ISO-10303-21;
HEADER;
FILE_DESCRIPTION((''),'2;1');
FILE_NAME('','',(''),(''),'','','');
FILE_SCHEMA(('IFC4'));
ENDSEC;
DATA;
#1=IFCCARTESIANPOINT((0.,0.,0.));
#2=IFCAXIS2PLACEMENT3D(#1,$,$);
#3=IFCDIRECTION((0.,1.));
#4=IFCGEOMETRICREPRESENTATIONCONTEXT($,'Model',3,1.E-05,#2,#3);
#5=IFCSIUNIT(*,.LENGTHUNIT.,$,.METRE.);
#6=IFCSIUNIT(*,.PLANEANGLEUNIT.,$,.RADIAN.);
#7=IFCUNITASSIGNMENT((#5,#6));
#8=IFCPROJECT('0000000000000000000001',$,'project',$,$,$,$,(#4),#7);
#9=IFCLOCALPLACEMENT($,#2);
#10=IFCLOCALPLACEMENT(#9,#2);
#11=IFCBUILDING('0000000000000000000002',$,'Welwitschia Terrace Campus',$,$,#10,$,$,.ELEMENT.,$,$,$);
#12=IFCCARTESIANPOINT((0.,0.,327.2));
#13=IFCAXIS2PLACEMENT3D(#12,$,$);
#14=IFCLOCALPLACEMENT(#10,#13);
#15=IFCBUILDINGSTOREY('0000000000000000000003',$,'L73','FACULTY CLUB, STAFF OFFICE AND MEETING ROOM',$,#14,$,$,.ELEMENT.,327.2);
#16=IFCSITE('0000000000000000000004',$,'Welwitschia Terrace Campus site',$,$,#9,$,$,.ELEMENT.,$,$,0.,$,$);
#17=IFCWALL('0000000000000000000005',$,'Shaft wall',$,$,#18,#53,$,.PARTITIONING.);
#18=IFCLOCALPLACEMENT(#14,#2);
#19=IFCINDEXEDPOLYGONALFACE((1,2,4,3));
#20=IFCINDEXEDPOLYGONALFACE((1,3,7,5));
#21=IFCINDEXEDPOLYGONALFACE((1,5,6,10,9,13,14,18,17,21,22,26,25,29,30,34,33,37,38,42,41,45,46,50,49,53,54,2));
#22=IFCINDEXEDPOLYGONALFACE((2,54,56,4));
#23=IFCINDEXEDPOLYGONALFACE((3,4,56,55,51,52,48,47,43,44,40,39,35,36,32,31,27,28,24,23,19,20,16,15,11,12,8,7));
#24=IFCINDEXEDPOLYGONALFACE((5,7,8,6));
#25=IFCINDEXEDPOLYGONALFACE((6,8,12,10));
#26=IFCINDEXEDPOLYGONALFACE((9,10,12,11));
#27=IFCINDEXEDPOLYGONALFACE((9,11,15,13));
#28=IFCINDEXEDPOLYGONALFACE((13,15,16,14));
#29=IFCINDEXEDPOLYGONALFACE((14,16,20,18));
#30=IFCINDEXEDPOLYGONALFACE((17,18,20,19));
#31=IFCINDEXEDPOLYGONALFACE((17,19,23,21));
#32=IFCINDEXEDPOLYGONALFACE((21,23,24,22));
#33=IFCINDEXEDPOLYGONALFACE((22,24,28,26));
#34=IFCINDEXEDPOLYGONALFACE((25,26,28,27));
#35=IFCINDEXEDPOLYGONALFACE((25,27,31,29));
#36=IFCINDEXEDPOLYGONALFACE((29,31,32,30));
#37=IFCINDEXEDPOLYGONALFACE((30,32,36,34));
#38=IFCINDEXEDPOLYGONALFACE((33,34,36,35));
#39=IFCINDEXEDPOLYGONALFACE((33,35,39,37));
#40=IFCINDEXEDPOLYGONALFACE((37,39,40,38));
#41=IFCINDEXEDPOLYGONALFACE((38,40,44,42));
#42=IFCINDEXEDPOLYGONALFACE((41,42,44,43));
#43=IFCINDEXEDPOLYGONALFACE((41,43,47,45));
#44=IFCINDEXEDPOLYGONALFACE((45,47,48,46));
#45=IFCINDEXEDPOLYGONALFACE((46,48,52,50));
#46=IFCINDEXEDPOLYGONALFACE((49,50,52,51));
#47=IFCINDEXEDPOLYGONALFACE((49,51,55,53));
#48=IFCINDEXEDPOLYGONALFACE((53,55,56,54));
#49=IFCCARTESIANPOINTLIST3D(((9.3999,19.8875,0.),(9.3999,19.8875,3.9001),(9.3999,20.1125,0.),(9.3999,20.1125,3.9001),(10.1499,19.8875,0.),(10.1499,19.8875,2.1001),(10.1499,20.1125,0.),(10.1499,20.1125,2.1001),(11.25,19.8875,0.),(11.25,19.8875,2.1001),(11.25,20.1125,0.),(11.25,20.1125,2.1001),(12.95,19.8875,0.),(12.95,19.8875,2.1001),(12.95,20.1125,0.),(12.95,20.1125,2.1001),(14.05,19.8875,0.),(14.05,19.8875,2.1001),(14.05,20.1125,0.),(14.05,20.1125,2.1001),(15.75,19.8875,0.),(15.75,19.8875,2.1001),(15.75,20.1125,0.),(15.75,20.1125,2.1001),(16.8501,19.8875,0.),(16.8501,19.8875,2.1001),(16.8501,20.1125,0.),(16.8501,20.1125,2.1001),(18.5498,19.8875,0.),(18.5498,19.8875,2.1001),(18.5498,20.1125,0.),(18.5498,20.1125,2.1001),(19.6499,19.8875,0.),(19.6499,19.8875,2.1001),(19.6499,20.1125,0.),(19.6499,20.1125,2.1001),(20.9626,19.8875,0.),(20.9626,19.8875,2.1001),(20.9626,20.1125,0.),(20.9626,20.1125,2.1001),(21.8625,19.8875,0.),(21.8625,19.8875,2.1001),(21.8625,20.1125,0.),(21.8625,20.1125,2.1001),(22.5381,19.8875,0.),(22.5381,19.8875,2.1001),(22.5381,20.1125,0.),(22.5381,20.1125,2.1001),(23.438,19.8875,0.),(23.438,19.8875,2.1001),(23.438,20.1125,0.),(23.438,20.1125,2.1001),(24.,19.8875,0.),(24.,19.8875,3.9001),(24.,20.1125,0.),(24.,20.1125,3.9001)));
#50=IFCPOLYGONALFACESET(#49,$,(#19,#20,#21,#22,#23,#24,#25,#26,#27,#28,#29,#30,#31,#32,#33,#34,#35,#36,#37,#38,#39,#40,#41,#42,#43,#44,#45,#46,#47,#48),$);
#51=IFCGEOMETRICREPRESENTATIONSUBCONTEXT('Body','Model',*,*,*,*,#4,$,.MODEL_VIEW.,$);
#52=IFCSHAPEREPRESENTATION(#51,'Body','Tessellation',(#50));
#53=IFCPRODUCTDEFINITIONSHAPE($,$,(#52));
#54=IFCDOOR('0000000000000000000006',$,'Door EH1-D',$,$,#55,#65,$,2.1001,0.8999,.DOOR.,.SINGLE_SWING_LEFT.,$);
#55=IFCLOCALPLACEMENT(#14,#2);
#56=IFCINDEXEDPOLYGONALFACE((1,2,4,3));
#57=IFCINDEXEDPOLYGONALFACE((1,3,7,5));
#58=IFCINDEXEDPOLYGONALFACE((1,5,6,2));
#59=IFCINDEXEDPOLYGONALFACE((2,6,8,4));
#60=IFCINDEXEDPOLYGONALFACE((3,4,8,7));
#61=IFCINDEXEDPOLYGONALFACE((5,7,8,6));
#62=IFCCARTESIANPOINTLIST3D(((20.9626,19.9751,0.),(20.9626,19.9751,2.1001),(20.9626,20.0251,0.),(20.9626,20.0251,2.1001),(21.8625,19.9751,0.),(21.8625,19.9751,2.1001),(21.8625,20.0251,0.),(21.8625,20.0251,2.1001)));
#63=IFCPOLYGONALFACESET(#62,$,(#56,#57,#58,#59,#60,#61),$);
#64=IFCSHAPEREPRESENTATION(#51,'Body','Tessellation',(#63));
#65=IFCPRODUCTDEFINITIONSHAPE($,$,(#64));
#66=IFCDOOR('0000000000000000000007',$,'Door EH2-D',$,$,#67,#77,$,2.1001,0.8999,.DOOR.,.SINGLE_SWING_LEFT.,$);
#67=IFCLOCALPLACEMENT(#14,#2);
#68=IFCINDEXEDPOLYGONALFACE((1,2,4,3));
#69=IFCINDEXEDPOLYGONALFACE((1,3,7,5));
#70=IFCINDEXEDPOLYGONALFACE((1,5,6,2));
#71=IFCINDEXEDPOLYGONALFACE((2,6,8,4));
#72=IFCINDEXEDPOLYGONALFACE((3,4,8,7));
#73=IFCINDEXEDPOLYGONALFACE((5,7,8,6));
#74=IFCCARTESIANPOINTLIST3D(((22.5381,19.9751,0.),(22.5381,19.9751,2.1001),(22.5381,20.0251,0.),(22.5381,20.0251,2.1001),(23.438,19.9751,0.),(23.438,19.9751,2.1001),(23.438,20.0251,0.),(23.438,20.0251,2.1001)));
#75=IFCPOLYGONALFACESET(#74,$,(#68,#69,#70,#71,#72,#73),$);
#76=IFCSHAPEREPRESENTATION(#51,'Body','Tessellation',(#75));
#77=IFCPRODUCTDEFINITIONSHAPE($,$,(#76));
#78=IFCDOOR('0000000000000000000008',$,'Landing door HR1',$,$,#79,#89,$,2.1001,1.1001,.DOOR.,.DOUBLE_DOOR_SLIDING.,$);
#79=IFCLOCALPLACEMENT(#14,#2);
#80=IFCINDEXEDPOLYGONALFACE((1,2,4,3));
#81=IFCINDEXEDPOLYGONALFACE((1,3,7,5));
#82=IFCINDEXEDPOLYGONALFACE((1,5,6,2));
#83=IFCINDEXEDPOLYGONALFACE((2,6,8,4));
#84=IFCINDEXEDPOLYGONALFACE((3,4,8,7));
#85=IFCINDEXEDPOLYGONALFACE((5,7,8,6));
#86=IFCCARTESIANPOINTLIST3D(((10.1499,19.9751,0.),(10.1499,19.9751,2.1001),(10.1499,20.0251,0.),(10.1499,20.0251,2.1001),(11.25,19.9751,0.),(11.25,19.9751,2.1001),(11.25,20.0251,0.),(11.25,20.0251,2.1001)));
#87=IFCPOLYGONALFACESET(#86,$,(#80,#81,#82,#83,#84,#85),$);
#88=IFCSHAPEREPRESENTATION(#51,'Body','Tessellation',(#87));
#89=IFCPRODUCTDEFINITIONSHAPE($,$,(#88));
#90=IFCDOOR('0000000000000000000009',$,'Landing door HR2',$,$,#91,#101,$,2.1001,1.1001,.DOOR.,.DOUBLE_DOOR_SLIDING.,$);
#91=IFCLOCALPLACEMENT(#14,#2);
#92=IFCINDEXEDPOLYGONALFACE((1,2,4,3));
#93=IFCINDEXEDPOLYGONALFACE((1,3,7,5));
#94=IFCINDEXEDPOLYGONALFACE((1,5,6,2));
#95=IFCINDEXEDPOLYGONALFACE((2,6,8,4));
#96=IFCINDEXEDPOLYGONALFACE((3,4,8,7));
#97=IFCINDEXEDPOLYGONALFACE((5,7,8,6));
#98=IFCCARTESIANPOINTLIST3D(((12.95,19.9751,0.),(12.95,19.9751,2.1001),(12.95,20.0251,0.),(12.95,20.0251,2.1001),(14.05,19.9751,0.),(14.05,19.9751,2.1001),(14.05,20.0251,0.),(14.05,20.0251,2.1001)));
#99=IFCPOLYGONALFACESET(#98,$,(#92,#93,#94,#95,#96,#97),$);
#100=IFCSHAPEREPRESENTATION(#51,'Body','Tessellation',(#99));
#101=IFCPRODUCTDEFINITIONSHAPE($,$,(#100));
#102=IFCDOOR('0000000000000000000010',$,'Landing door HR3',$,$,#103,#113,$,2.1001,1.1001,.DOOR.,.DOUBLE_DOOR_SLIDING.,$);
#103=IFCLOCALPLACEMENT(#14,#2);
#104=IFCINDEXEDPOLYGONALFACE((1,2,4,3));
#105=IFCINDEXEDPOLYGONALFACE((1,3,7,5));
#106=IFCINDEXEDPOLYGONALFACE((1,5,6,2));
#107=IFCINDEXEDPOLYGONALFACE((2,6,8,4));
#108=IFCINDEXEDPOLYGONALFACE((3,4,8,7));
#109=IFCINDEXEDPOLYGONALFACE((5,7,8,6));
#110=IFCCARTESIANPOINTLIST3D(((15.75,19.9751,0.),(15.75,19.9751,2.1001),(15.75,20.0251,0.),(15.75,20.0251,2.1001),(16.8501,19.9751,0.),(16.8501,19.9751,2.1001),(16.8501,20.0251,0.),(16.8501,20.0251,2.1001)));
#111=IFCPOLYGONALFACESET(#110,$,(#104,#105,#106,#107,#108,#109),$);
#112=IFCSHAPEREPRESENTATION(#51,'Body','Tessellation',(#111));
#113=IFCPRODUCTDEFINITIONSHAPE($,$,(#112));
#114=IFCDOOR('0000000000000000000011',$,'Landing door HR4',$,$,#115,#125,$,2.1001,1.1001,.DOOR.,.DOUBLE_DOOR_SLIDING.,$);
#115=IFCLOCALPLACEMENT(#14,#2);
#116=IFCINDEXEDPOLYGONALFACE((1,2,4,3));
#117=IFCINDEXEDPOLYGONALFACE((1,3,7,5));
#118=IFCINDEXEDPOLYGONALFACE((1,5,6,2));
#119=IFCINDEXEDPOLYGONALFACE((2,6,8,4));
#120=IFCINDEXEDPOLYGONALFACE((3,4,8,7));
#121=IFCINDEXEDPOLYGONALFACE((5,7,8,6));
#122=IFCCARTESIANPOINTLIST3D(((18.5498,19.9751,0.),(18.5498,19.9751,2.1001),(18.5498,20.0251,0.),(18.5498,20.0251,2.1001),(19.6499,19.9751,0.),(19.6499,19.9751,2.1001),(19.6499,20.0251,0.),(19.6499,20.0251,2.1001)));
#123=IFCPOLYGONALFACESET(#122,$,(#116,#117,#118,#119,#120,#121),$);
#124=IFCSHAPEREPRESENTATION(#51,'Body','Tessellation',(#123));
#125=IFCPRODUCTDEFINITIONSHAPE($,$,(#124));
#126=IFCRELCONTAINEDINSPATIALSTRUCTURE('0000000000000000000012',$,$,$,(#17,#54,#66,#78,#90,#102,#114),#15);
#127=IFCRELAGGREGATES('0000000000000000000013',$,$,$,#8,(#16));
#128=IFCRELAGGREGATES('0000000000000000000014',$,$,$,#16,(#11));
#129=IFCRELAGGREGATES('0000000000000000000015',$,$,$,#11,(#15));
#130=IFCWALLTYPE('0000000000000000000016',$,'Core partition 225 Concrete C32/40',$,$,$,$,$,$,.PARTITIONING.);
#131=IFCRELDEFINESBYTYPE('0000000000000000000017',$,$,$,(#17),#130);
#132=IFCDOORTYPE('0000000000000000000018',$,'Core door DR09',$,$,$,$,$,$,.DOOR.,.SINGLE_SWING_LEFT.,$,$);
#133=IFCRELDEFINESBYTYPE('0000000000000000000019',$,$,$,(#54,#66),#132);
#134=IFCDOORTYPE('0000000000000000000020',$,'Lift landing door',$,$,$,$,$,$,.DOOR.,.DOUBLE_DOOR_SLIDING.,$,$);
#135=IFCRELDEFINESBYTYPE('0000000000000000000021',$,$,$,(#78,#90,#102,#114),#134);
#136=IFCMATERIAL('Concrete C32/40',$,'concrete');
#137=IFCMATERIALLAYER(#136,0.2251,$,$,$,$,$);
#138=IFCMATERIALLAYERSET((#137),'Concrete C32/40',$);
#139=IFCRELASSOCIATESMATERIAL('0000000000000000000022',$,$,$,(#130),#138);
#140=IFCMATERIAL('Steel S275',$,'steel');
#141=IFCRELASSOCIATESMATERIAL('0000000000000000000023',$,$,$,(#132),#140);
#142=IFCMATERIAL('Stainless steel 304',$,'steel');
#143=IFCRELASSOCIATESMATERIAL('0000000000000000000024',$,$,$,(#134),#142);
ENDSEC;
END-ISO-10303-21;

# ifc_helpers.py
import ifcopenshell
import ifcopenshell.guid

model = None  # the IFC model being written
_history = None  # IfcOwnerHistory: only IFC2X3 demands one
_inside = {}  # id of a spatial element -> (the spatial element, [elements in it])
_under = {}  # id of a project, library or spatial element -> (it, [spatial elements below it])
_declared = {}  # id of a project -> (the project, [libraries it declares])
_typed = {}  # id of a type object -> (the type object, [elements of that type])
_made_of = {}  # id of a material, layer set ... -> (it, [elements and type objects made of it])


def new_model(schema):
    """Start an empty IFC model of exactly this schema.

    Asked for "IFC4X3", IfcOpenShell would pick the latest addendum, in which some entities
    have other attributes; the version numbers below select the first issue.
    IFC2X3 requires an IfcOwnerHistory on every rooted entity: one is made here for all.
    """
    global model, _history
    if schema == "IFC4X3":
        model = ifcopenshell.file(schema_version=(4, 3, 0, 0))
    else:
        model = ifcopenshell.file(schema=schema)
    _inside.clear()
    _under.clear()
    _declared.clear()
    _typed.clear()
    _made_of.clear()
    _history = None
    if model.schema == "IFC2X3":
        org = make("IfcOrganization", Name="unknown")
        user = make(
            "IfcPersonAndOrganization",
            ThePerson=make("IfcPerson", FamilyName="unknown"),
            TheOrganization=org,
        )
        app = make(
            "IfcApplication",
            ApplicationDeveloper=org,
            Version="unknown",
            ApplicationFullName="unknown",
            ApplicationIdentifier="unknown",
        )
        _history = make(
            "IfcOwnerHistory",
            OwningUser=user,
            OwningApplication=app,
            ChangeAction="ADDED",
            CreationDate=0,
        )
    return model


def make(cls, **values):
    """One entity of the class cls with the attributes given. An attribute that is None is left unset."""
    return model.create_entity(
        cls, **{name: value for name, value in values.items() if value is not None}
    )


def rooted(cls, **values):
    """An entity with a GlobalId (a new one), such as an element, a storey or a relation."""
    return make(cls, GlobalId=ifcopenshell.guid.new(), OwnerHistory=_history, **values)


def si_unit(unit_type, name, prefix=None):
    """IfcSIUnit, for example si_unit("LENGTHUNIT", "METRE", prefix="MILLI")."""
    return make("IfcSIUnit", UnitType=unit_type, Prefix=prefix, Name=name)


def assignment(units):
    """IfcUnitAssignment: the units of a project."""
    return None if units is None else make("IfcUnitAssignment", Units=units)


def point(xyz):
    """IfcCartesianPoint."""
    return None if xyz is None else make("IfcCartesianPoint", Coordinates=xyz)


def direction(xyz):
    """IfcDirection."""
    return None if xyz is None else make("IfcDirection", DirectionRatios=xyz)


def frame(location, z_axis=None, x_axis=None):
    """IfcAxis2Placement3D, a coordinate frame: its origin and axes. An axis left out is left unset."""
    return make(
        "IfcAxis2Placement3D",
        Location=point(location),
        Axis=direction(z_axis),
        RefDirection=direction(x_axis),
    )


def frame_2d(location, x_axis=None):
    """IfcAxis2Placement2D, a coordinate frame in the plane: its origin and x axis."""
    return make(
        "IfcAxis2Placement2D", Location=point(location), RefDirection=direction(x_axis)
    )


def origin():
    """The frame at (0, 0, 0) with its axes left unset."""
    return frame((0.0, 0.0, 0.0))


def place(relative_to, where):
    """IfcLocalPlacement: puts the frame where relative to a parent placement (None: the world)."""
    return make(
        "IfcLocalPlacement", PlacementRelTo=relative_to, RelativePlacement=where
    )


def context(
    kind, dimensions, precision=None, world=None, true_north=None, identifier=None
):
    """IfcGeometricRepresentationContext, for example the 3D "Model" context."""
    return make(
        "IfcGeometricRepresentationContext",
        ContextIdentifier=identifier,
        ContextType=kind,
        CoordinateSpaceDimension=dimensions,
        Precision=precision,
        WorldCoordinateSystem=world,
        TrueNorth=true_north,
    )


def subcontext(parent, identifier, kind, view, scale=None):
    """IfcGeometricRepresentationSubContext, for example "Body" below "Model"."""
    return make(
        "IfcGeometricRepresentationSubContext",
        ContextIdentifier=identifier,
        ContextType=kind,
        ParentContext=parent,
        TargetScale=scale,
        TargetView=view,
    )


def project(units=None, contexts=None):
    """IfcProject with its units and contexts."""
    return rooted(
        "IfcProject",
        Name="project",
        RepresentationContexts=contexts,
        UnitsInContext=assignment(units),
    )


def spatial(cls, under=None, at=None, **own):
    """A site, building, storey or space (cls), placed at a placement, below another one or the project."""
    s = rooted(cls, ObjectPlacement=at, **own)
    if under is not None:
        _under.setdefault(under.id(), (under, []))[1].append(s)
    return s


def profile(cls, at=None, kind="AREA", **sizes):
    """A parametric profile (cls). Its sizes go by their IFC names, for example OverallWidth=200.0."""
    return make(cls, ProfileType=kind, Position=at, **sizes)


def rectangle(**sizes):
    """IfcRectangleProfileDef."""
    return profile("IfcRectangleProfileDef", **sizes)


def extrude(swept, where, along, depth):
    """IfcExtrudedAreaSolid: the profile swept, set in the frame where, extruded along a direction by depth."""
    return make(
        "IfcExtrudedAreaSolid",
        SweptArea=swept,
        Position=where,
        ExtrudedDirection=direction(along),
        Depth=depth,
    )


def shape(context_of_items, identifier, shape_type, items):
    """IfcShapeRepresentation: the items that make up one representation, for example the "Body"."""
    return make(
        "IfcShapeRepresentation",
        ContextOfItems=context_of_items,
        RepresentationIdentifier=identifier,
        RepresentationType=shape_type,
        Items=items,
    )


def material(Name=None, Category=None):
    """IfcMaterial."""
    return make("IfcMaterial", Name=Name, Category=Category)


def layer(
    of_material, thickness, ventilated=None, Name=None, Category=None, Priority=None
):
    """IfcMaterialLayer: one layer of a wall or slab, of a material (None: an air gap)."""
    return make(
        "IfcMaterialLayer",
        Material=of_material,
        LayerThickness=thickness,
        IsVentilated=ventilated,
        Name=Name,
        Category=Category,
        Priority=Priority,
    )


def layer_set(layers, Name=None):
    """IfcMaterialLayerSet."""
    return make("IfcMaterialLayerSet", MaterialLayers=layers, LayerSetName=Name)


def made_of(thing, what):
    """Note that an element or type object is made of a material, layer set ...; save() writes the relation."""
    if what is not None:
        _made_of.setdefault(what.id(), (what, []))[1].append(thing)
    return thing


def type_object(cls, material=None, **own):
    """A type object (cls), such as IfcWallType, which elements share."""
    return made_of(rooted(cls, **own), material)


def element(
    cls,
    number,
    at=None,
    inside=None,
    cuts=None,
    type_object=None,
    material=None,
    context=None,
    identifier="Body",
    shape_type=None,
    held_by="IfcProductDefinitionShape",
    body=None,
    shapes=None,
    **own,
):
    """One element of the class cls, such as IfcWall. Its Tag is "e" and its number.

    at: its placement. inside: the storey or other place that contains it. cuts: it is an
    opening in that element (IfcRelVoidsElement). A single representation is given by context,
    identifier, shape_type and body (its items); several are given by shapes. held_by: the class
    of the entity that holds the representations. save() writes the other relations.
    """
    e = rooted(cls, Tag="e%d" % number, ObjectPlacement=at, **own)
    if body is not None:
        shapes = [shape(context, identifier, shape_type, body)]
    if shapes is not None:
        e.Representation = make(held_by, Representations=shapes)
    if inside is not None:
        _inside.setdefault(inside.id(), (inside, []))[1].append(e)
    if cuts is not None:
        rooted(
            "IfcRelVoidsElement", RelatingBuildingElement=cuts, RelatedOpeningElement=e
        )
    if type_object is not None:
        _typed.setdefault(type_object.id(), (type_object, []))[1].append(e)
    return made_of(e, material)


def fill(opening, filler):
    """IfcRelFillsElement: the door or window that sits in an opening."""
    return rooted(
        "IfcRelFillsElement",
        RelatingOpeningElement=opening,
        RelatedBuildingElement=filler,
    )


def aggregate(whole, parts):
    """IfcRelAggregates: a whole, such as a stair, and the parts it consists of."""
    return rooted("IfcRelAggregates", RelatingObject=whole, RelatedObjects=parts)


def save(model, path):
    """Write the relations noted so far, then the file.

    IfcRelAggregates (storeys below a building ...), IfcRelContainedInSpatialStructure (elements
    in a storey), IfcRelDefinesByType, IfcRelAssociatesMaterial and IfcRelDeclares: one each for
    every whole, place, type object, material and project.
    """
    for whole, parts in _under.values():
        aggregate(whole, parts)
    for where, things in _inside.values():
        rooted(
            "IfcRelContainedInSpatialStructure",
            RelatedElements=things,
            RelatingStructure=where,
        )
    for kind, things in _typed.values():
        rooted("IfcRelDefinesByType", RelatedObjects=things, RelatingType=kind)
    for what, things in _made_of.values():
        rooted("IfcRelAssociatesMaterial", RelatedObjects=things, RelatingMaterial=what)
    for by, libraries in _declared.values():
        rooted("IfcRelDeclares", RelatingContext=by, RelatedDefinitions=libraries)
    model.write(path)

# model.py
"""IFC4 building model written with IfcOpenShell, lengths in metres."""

from ifc_helpers import new_model, si_unit, direction, frame, frame_2d, origin, place, context, subcontext, project, spatial, rectangle, extrude, material, layer, layer_set, type_object, element, fill, save


model = new_model("IFC4")

# Units and contexts
model_context = context("Model", 3, precision=1e-05, world=origin(), true_north=direction((0.0, 1.0)))
body_context = subcontext(model_context, "Body", "Model", "MODEL_VIEW")
ifc_project = project(units=[si_unit("LENGTHUNIT", "METRE"), si_unit("PLANEANGLEUNIT", "RADIAN")], contexts=[model_context])

# Site, building, storey
site_placement = place(None, origin())
site = spatial("IfcSite", under=ifc_project, at=site_placement, Name="Welwitschia Terrace Campus site", CompositionType="ELEMENT", RefElevation=0.0)
building_placement = place(site_placement, origin())
building = spatial("IfcBuilding", under=site, at=building_placement, Name="Welwitschia Terrace Campus", CompositionType="ELEMENT")
storey_placement = place(building_placement, frame((0.0, 0.0, 327.2)))
storey = spatial("IfcBuildingStorey", under=building, at=storey_placement, Name="L73", Description="FACULTY CLUB, STAFF OFFICE AND MEETING ROOM", CompositionType="ELEMENT", Elevation=327.2)

# Wall, openings, doors
ifc_material_1 = material(Name="Concrete C32/40", Category="concrete")
ifc_layer_1 = layer(ifc_material_1, 0.2251)
ifc_layer_set_1 = layer_set([ifc_layer_1], Name="Concrete C32/40")
wall_type_1 = type_object("IfcWallType", Name="Core partition 225 Concrete C32/40", PredefinedType="PARTITIONING", material=ifc_layer_set_1)
wall_1_placement = place(storey_placement, frame((24.0, 20.0, 0.0), z_axis=(0.0, 0.0, 1.0), x_axis=(-1.0, 0.0, 0.0)))
wall_1 = element("IfcWall", 1, at=wall_1_placement, inside=storey, type_object=wall_type_1, Name="Shaft wall", PredefinedType="PARTITIONING", context=body_context, shape_type="SweptSolid", body=[
    extrude(rectangle(XDim=14.6001, YDim=0.2251, at=frame_2d((7.3, 0.0))), origin(), (0.0, 0.0, 1.0), 3.9001),
])
opening_1_placement = place(wall_1_placement, frame((12.75, 0.0, 0.0)))
opening_1 = element("IfcOpeningElement", 2, at=opening_1_placement, cuts=wall_1, PredefinedType="OPENING", context=body_context, shape_type="SweptSolid", body=[
    extrude(rectangle(XDim=1.1001, YDim=2.1001, at=frame_2d((0.55, 1.05))), frame((0.0, 0.1226, 0.0), z_axis=(0.0, -1.0, 0.0), x_axis=(1.0, 0.0, 0.0)), (0.0, 0.0, 1.0), 0.2451),
])
opening_2_placement = place(wall_1_placement, frame((9.95, 0.0, 0.0)))
opening_2 = element("IfcOpeningElement", 3, at=opening_2_placement, cuts=wall_1, PredefinedType="OPENING", context=body_context, shape_type="SweptSolid", body=[
    extrude(rectangle(XDim=1.1001, YDim=2.1001, at=frame_2d((0.55, 1.05))), frame((0.0, 0.1226, 0.0), z_axis=(0.0, -1.0, 0.0), x_axis=(1.0, 0.0, 0.0)), (0.0, 0.0, 1.0), 0.2451),
])
opening_3_placement = place(wall_1_placement, frame((7.1499, 0.0, 0.0)))
opening_3 = element("IfcOpeningElement", 4, at=opening_3_placement, cuts=wall_1, PredefinedType="OPENING", context=body_context, shape_type="SweptSolid", body=[
    extrude(rectangle(XDim=1.1001, YDim=2.1001, at=frame_2d((0.55, 1.05))), frame((0.0, 0.1226, 0.0), z_axis=(0.0, -1.0, 0.0), x_axis=(1.0, 0.0, 0.0)), (0.0, 0.0, 1.0), 0.2451),
])
opening_4_placement = place(wall_1_placement, frame((4.3501, 0.0, 0.0)))
opening_4 = element("IfcOpeningElement", 5, at=opening_4_placement, cuts=wall_1, PredefinedType="OPENING", context=body_context, shape_type="SweptSolid", body=[
    extrude(rectangle(XDim=1.1001, YDim=2.1001, at=frame_2d((0.55, 1.05))), frame((0.0, 0.1226, 0.0), z_axis=(0.0, -1.0, 0.0), x_axis=(1.0, 0.0, 0.0)), (0.0, 0.0, 1.0), 0.2451),
])
opening_5_placement = place(wall_1_placement, frame((2.1375, 0.0, 0.0)))
opening_5 = element("IfcOpeningElement", 6, at=opening_5_placement, cuts=wall_1, PredefinedType="OPENING", context=body_context, shape_type="SweptSolid", body=[
    extrude(rectangle(XDim=0.8999, YDim=2.1001, at=frame_2d((0.45, 1.05))), frame((0.0, 0.1226, 0.0), z_axis=(0.0, -1.0, 0.0), x_axis=(1.0, 0.0, 0.0)), (0.0, 0.0, 1.0), 0.2451),
])
opening_6_placement = place(wall_1_placement, frame((0.562, 0.0, 0.0)))
opening_6 = element("IfcOpeningElement", 7, at=opening_6_placement, cuts=wall_1, PredefinedType="OPENING", context=body_context, shape_type="SweptSolid", body=[
    extrude(rectangle(XDim=0.8999, YDim=2.1001, at=frame_2d((0.45, 1.05))), frame((0.0, 0.1226, 0.0), z_axis=(0.0, -1.0, 0.0), x_axis=(1.0, 0.0, 0.0)), (0.0, 0.0, 1.0), 0.2451),
])
ifc_material_2 = material(Name="Steel S275", Category="steel")
door_type_1 = type_object("IfcDoorType", Name="Core door DR09", OperationType="SINGLE_SWING_LEFT", PredefinedType="DOOR", material=ifc_material_2)
door_1_placement = place(opening_5_placement, origin())
door_1 = element("IfcDoor", 8, at=door_1_placement, inside=storey, type_object=door_type_1, Name="Door EH1-D", OperationType="SINGLE_SWING_LEFT", OverallHeight=2.1001, OverallWidth=0.8999, PredefinedType="DOOR", context=body_context, shape_type="SweptSolid", body=[
    extrude(rectangle(XDim=0.8999, YDim=2.1001, at=frame_2d((0.45, 1.05))), frame((0.0, 0.0249, 0.0), z_axis=(0.0, -1.0, 0.0), x_axis=(1.0, 0.0, 0.0)), (0.0, 0.0, 1.0), 0.05),
])
fill(opening_5, door_1)
door_2_placement = place(opening_6_placement, origin())
door_2 = element("IfcDoor", 9, at=door_2_placement, inside=storey, type_object=door_type_1, Name="Door EH2-D", OperationType="SINGLE_SWING_LEFT", OverallHeight=2.1001, OverallWidth=0.8999, PredefinedType="DOOR", context=body_context, shape_type="SweptSolid", body=[
    extrude(rectangle(XDim=0.8999, YDim=2.1001, at=frame_2d((0.45, 1.05))), frame((0.0, 0.0249, 0.0), z_axis=(0.0, -1.0, 0.0), x_axis=(1.0, 0.0, 0.0)), (0.0, 0.0, 1.0), 0.05),
])
fill(opening_6, door_2)
ifc_material_3 = material(Name="Stainless steel 304", Category="steel")
door_type_2 = type_object("IfcDoorType", Name="Lift landing door", OperationType="DOUBLE_DOOR_SLIDING", PredefinedType="DOOR", material=ifc_material_3)
door_3_placement = place(opening_1_placement, origin())
door_3 = element("IfcDoor", 10, at=door_3_placement, inside=storey, type_object=door_type_2, Name="Landing door HR1", OperationType="DOUBLE_DOOR_SLIDING", OverallHeight=2.1001, OverallWidth=1.1001, PredefinedType="DOOR", context=body_context, shape_type="SweptSolid", body=[
    extrude(rectangle(XDim=1.1001, YDim=2.1001, at=frame_2d((0.55, 1.05))), frame((0.0, 0.0249, 0.0), z_axis=(0.0, -1.0, 0.0), x_axis=(1.0, 0.0, 0.0)), (0.0, 0.0, 1.0), 0.05),
])
fill(opening_1, door_3)
door_4_placement = place(opening_2_placement, origin())
door_4 = element("IfcDoor", 11, at=door_4_placement, inside=storey, type_object=door_type_2, Name="Landing door HR2", OperationType="DOUBLE_DOOR_SLIDING", OverallHeight=2.1001, OverallWidth=1.1001, PredefinedType="DOOR", context=body_context, shape_type="SweptSolid", body=[
    extrude(rectangle(XDim=1.1001, YDim=2.1001, at=frame_2d((0.55, 1.05))), frame((0.0, 0.0249, 0.0), z_axis=(0.0, -1.0, 0.0), x_axis=(1.0, 0.0, 0.0)), (0.0, 0.0, 1.0), 0.05),
])
fill(opening_2, door_4)
door_5_placement = place(opening_3_placement, origin())
door_5 = element("IfcDoor", 12, at=door_5_placement, inside=storey, type_object=door_type_2, Name="Landing door HR3", OperationType="DOUBLE_DOOR_SLIDING", OverallHeight=2.1001, OverallWidth=1.1001, PredefinedType="DOOR", context=body_context, shape_type="SweptSolid", body=[
    extrude(rectangle(XDim=1.1001, YDim=2.1001, at=frame_2d((0.55, 1.05))), frame((0.0, 0.0249, 0.0), z_axis=(0.0, -1.0, 0.0), x_axis=(1.0, 0.0, 0.0)), (0.0, 0.0, 1.0), 0.05),
])
fill(opening_3, door_5)
door_6_placement = place(opening_4_placement, origin())
door_6 = element("IfcDoor", 13, at=door_6_placement, inside=storey, type_object=door_type_2, Name="Landing door HR4", OperationType="DOUBLE_DOOR_SLIDING", OverallHeight=2.1001, OverallWidth=1.1001, PredefinedType="DOOR", context=body_context, shape_type="SweptSolid", body=[
    extrude(rectangle(XDim=1.1001, YDim=2.1001, at=frame_2d((0.55, 1.05))), frame((0.0, 0.0249, 0.0), z_axis=(0.0, -1.0, 0.0), x_axis=(1.0, 0.0, 0.0)), (0.0, 0.0, 1.0), 0.05),
])
fill(opening_4, door_6)

save(model, "model.ifc")
